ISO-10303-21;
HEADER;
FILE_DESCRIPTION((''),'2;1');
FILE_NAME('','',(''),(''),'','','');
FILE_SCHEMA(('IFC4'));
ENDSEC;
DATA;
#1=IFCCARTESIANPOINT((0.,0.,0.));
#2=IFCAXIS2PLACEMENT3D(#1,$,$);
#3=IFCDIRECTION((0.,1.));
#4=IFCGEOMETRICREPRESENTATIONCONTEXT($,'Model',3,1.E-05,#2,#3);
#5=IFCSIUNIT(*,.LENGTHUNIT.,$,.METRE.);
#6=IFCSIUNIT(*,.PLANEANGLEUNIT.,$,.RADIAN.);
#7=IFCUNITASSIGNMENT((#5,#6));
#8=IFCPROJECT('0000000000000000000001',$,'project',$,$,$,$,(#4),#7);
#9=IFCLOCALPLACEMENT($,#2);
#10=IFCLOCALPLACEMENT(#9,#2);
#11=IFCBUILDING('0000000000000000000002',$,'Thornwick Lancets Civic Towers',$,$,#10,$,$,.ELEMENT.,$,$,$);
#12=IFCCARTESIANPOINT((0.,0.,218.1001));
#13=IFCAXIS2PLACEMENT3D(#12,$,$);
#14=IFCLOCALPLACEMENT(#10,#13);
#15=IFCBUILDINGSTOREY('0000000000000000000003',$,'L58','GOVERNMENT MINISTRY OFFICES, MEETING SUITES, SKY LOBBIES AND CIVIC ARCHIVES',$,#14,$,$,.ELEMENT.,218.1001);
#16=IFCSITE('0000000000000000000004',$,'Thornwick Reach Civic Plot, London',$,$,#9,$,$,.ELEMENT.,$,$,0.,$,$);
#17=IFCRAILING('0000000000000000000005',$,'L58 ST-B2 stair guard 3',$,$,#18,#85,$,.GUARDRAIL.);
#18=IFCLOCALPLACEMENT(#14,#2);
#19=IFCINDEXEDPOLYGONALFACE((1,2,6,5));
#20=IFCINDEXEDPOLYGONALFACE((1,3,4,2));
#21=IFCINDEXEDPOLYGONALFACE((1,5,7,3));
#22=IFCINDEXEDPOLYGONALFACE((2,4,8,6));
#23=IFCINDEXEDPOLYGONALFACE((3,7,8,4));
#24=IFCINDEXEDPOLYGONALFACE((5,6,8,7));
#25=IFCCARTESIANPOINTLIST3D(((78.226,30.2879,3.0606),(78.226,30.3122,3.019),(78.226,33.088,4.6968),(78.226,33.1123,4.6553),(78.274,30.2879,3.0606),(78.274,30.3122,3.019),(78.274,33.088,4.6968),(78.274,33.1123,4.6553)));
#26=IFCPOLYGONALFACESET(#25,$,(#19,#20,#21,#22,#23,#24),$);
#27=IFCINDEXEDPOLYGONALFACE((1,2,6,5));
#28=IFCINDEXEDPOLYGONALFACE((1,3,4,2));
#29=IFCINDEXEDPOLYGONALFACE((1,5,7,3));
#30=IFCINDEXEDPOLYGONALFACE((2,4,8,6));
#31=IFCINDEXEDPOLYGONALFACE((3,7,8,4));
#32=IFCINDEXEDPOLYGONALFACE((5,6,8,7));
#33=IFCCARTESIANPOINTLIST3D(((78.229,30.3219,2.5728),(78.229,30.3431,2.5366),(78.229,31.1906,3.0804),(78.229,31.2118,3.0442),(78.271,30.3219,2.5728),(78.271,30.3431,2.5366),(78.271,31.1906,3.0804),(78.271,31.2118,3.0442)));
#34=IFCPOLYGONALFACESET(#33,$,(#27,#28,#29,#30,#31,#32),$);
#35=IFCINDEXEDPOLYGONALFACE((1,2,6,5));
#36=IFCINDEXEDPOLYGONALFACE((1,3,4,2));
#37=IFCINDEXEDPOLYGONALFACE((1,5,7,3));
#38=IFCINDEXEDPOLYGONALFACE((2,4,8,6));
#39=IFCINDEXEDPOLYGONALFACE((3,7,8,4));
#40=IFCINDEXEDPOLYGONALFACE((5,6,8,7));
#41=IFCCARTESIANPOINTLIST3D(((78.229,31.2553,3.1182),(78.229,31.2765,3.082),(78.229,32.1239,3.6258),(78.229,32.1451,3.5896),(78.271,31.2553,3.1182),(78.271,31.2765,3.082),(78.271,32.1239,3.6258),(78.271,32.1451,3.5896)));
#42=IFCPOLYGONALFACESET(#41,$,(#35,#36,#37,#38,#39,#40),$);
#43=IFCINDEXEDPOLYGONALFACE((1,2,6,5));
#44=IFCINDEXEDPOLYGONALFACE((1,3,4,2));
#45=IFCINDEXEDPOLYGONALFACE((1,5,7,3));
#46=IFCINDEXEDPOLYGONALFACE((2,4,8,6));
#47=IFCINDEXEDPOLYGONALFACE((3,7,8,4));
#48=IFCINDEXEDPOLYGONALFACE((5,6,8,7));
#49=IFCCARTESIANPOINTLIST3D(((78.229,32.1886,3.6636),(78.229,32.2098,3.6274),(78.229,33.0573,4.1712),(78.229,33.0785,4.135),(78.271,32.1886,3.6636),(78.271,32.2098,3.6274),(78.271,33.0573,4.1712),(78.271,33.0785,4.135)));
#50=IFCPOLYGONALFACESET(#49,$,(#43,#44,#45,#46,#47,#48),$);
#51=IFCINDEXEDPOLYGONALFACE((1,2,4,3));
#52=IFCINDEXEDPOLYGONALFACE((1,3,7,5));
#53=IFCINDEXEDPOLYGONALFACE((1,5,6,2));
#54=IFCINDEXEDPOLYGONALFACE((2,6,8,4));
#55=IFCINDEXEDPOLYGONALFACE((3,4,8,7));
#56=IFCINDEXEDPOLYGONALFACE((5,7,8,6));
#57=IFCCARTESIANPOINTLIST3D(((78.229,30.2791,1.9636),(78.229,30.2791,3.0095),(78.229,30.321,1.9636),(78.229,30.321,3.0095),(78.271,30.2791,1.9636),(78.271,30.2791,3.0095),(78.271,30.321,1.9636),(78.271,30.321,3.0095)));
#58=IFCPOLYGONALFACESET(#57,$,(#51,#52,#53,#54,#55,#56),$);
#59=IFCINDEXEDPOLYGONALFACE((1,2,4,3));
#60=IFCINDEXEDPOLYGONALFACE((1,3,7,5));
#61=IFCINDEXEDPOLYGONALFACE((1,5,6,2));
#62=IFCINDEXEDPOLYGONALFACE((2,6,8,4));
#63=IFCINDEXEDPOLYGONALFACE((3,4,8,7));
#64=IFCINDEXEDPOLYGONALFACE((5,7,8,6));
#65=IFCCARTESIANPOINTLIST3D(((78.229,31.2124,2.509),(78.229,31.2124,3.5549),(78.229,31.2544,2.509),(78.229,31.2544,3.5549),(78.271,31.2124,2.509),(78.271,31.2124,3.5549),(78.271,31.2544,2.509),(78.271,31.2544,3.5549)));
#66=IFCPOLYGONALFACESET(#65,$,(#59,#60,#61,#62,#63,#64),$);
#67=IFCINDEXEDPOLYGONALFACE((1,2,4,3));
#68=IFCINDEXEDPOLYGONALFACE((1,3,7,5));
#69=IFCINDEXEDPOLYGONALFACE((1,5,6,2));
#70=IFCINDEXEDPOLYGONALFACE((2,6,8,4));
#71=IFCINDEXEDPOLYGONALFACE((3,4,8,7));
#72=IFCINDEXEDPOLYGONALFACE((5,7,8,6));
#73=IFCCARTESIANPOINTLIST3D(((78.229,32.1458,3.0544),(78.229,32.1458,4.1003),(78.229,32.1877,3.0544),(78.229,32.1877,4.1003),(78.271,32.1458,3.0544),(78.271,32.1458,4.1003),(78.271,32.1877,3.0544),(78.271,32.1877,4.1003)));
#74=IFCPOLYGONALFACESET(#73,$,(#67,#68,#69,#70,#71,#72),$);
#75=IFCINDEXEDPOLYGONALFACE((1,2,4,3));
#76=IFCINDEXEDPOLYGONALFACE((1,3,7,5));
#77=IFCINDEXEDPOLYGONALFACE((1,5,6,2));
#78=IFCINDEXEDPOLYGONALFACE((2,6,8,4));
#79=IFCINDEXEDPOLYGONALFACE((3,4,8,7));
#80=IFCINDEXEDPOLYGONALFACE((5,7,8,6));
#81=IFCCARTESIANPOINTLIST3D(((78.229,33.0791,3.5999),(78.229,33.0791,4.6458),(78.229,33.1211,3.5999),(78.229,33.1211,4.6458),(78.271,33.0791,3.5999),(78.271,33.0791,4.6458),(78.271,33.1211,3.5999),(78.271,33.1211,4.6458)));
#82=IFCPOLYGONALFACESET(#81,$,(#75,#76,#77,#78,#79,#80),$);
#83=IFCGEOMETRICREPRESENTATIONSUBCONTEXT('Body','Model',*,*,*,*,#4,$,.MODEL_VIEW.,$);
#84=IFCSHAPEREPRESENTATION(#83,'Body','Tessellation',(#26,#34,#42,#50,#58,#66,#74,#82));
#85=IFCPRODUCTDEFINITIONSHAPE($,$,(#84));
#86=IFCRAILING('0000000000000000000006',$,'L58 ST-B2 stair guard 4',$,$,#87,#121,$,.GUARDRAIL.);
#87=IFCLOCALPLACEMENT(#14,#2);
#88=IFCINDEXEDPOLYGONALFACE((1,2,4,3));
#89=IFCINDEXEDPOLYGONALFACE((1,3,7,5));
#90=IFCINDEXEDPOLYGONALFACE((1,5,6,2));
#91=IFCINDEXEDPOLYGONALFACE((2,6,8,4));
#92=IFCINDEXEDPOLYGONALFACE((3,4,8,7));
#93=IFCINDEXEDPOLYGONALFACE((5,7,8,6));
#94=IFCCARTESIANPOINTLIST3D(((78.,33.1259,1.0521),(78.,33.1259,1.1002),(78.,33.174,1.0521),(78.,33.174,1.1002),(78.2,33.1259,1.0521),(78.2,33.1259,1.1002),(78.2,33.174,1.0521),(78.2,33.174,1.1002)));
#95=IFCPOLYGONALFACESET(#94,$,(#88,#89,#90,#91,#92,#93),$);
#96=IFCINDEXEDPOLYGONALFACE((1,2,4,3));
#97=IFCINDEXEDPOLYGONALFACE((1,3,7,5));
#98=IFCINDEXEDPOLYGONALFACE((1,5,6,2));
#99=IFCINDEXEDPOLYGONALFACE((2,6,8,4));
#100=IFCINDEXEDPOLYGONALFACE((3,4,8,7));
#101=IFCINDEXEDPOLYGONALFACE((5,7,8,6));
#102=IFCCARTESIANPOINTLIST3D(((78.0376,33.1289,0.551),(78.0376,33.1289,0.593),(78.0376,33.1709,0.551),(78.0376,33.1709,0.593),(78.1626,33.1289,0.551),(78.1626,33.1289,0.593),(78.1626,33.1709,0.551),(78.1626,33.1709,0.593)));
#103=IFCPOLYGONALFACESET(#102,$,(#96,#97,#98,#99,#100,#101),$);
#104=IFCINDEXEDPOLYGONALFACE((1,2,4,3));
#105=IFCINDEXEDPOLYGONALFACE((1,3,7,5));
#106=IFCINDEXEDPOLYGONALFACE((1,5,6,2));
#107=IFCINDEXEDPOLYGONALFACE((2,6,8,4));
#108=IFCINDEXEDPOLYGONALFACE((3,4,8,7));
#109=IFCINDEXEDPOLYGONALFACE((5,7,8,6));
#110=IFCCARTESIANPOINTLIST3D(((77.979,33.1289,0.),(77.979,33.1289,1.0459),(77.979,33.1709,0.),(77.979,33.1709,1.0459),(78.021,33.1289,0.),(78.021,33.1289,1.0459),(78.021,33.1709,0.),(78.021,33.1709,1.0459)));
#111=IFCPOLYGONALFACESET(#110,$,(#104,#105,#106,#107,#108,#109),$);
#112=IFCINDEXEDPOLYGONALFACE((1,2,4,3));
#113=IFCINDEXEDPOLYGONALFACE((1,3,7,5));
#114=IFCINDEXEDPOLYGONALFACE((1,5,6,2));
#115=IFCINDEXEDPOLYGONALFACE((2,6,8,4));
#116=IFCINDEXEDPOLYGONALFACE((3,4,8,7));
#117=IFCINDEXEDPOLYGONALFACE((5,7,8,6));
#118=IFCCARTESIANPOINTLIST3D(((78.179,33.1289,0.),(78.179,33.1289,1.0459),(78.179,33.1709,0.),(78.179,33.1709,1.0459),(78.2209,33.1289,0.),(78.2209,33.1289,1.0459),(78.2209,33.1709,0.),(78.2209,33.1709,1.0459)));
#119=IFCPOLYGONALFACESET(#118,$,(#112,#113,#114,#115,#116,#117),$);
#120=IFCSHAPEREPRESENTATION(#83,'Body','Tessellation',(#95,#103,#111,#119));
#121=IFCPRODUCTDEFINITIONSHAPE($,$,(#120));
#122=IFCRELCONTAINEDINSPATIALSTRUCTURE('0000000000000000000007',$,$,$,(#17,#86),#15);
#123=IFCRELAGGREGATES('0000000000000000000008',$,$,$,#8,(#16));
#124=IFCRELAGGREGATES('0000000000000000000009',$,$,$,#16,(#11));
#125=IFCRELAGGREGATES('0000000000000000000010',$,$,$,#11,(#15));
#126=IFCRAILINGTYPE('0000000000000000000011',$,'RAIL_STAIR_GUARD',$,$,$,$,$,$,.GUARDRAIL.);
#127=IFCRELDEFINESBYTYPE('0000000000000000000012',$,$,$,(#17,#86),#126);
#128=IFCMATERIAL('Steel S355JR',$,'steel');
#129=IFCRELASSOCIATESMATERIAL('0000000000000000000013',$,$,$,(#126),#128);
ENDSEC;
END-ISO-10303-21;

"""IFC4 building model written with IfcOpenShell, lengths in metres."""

from ifc_helpers import new_model, si_unit, direction, frame, origin, origin_2d, place, context, subcontext, project, spatial, rectangle, extrude, material, type_object, element, save


model = new_model("IFC4")

# Units and contexts
model_context = context("Model", 3, precision=1e-05, world=origin(), true_north=direction((0.0, 1.0)))
body_context = subcontext(model_context, "Body", "Model", "MODEL_VIEW")
ifc_project = project(units=[si_unit("LENGTHUNIT", "METRE"), si_unit("PLANEANGLEUNIT", "RADIAN")], contexts=[model_context])

# Site, building, storey
site_placement = place(None, origin())
site = spatial("IfcSite", under=ifc_project, at=site_placement, Name="Thornwick Reach Civic Plot, London", CompositionType="ELEMENT", RefElevation=0.0)
building_placement = place(site_placement, origin())
building = spatial("IfcBuilding", under=site, at=building_placement, Name="Thornwick Lancets Civic Towers", CompositionType="ELEMENT")
storey_placement = place(building_placement, frame((0.0, 0.0, 218.1001)))
storey = spatial("IfcBuildingStorey", under=building, at=storey_placement, Name="L58", Description="GOVERNMENT MINISTRY OFFICES, MEETING SUITES, SKY LOBBIES AND CIVIC ARCHIVES", CompositionType="ELEMENT", Elevation=218.1001)

# Shared definitions
ifc_material_1 = material(Name="Steel S355JR", Category="steel")

# Railings
railing_type_1 = type_object("IfcRailingType", Name="RAIL_STAIR_GUARD", PredefinedType="GUARDRAIL", material=ifc_material_1)
railing_1_placement = place(storey_placement, frame((78.25, 30.3, 1.9636)))
element("IfcRailing", 1, at=railing_1_placement, inside=storey, type_object=railing_type_1, Name="L58 ST-B2 stair guard 3", PredefinedType="GUARDRAIL", context=body_context, shape_type="SweptSolid", body=[
    extrude(rectangle(XDim=0.0481, YDim=0.0481, at=origin_2d()), frame((0.0, 0.0, 1.0762), z_axis=(0.0, 0.863394, 0.504531), x_axis=(-1.0, 0.0, 0.0)), (0.0, 0.0, 1.0), 3.2432),
    extrude(rectangle(XDim=0.042, YDim=0.042, at=origin_2d()), frame((0.0, 0.0325, 0.5911), z_axis=(0.0, 0.863394, 0.504531), x_axis=(-1.0, 0.0, 0.0)), (0.0, 0.0, 1.0), 1.0061),
    extrude(rectangle(XDim=0.042, YDim=0.042, at=origin_2d()), frame((0.0, 0.9658, 1.1365), z_axis=(0.0, 0.863394, 0.504531), x_axis=(-1.0, 0.0, 0.0)), (0.0, 0.0, 1.0), 1.0061),
    extrude(rectangle(XDim=0.042, YDim=0.042, at=origin_2d()), frame((0.0, 1.8992, 1.6819), z_axis=(0.0, 0.863394, 0.504531), x_axis=(-1.0, 0.0, 0.0)), (0.0, 0.0, 1.0), 1.0061),
    extrude(rectangle(XDim=0.042, YDim=0.042, at=origin_2d()), origin(), (0.0, 0.0, 1.0), 1.0459),
    extrude(rectangle(XDim=0.042, YDim=0.042, at=origin_2d()), frame((0.0, 0.9333, 0.5454)), (0.0, 0.0, 1.0), 1.0459),
    extrude(rectangle(XDim=0.042, YDim=0.042, at=origin_2d()), frame((0.0, 1.8667, 1.0908)), (0.0, 0.0, 1.0), 1.0459),
    extrude(rectangle(XDim=0.042, YDim=0.042, at=origin_2d()), frame((0.0, 2.8, 1.6362)), (0.0, 0.0, 1.0), 1.0459),
])
railing_2_placement = place(storey_placement, frame((78.0, 33.1499, 0.0)))
element("IfcRailing", 2, at=railing_2_placement, inside=storey, type_object=railing_type_1, Name="L58 ST-B2 stair guard 4", PredefinedType="GUARDRAIL", context=body_context, shape_type="SweptSolid", body=[
    extrude(rectangle(XDim=0.0481, YDim=0.0481, at=origin_2d()), frame((0.0, 0.0, 1.0762), z_axis=(1.0, 0.0, 0.0), x_axis=(0.0, 1.0, 0.0)), (0.0, 0.0, 1.0), 0.2),
    extrude(rectangle(XDim=0.042, YDim=0.042, at=origin_2d()), frame((0.0376, 0.0, 0.572), z_axis=(1.0, 0.0, 0.0), x_axis=(0.0, 1.0, 0.0)), (0.0, 0.0, 1.0), 0.125),
    extrude(rectangle(XDim=0.042, YDim=0.042, at=origin_2d()), origin(), (0.0, 0.0, 1.0), 1.0459),
    extrude(rectangle(XDim=0.042, YDim=0.042, at=origin_2d()), frame((0.2, 0.0, 0.0)), (0.0, 0.0, 1.0), 1.0459),
])

save(model, "model.ifc")
